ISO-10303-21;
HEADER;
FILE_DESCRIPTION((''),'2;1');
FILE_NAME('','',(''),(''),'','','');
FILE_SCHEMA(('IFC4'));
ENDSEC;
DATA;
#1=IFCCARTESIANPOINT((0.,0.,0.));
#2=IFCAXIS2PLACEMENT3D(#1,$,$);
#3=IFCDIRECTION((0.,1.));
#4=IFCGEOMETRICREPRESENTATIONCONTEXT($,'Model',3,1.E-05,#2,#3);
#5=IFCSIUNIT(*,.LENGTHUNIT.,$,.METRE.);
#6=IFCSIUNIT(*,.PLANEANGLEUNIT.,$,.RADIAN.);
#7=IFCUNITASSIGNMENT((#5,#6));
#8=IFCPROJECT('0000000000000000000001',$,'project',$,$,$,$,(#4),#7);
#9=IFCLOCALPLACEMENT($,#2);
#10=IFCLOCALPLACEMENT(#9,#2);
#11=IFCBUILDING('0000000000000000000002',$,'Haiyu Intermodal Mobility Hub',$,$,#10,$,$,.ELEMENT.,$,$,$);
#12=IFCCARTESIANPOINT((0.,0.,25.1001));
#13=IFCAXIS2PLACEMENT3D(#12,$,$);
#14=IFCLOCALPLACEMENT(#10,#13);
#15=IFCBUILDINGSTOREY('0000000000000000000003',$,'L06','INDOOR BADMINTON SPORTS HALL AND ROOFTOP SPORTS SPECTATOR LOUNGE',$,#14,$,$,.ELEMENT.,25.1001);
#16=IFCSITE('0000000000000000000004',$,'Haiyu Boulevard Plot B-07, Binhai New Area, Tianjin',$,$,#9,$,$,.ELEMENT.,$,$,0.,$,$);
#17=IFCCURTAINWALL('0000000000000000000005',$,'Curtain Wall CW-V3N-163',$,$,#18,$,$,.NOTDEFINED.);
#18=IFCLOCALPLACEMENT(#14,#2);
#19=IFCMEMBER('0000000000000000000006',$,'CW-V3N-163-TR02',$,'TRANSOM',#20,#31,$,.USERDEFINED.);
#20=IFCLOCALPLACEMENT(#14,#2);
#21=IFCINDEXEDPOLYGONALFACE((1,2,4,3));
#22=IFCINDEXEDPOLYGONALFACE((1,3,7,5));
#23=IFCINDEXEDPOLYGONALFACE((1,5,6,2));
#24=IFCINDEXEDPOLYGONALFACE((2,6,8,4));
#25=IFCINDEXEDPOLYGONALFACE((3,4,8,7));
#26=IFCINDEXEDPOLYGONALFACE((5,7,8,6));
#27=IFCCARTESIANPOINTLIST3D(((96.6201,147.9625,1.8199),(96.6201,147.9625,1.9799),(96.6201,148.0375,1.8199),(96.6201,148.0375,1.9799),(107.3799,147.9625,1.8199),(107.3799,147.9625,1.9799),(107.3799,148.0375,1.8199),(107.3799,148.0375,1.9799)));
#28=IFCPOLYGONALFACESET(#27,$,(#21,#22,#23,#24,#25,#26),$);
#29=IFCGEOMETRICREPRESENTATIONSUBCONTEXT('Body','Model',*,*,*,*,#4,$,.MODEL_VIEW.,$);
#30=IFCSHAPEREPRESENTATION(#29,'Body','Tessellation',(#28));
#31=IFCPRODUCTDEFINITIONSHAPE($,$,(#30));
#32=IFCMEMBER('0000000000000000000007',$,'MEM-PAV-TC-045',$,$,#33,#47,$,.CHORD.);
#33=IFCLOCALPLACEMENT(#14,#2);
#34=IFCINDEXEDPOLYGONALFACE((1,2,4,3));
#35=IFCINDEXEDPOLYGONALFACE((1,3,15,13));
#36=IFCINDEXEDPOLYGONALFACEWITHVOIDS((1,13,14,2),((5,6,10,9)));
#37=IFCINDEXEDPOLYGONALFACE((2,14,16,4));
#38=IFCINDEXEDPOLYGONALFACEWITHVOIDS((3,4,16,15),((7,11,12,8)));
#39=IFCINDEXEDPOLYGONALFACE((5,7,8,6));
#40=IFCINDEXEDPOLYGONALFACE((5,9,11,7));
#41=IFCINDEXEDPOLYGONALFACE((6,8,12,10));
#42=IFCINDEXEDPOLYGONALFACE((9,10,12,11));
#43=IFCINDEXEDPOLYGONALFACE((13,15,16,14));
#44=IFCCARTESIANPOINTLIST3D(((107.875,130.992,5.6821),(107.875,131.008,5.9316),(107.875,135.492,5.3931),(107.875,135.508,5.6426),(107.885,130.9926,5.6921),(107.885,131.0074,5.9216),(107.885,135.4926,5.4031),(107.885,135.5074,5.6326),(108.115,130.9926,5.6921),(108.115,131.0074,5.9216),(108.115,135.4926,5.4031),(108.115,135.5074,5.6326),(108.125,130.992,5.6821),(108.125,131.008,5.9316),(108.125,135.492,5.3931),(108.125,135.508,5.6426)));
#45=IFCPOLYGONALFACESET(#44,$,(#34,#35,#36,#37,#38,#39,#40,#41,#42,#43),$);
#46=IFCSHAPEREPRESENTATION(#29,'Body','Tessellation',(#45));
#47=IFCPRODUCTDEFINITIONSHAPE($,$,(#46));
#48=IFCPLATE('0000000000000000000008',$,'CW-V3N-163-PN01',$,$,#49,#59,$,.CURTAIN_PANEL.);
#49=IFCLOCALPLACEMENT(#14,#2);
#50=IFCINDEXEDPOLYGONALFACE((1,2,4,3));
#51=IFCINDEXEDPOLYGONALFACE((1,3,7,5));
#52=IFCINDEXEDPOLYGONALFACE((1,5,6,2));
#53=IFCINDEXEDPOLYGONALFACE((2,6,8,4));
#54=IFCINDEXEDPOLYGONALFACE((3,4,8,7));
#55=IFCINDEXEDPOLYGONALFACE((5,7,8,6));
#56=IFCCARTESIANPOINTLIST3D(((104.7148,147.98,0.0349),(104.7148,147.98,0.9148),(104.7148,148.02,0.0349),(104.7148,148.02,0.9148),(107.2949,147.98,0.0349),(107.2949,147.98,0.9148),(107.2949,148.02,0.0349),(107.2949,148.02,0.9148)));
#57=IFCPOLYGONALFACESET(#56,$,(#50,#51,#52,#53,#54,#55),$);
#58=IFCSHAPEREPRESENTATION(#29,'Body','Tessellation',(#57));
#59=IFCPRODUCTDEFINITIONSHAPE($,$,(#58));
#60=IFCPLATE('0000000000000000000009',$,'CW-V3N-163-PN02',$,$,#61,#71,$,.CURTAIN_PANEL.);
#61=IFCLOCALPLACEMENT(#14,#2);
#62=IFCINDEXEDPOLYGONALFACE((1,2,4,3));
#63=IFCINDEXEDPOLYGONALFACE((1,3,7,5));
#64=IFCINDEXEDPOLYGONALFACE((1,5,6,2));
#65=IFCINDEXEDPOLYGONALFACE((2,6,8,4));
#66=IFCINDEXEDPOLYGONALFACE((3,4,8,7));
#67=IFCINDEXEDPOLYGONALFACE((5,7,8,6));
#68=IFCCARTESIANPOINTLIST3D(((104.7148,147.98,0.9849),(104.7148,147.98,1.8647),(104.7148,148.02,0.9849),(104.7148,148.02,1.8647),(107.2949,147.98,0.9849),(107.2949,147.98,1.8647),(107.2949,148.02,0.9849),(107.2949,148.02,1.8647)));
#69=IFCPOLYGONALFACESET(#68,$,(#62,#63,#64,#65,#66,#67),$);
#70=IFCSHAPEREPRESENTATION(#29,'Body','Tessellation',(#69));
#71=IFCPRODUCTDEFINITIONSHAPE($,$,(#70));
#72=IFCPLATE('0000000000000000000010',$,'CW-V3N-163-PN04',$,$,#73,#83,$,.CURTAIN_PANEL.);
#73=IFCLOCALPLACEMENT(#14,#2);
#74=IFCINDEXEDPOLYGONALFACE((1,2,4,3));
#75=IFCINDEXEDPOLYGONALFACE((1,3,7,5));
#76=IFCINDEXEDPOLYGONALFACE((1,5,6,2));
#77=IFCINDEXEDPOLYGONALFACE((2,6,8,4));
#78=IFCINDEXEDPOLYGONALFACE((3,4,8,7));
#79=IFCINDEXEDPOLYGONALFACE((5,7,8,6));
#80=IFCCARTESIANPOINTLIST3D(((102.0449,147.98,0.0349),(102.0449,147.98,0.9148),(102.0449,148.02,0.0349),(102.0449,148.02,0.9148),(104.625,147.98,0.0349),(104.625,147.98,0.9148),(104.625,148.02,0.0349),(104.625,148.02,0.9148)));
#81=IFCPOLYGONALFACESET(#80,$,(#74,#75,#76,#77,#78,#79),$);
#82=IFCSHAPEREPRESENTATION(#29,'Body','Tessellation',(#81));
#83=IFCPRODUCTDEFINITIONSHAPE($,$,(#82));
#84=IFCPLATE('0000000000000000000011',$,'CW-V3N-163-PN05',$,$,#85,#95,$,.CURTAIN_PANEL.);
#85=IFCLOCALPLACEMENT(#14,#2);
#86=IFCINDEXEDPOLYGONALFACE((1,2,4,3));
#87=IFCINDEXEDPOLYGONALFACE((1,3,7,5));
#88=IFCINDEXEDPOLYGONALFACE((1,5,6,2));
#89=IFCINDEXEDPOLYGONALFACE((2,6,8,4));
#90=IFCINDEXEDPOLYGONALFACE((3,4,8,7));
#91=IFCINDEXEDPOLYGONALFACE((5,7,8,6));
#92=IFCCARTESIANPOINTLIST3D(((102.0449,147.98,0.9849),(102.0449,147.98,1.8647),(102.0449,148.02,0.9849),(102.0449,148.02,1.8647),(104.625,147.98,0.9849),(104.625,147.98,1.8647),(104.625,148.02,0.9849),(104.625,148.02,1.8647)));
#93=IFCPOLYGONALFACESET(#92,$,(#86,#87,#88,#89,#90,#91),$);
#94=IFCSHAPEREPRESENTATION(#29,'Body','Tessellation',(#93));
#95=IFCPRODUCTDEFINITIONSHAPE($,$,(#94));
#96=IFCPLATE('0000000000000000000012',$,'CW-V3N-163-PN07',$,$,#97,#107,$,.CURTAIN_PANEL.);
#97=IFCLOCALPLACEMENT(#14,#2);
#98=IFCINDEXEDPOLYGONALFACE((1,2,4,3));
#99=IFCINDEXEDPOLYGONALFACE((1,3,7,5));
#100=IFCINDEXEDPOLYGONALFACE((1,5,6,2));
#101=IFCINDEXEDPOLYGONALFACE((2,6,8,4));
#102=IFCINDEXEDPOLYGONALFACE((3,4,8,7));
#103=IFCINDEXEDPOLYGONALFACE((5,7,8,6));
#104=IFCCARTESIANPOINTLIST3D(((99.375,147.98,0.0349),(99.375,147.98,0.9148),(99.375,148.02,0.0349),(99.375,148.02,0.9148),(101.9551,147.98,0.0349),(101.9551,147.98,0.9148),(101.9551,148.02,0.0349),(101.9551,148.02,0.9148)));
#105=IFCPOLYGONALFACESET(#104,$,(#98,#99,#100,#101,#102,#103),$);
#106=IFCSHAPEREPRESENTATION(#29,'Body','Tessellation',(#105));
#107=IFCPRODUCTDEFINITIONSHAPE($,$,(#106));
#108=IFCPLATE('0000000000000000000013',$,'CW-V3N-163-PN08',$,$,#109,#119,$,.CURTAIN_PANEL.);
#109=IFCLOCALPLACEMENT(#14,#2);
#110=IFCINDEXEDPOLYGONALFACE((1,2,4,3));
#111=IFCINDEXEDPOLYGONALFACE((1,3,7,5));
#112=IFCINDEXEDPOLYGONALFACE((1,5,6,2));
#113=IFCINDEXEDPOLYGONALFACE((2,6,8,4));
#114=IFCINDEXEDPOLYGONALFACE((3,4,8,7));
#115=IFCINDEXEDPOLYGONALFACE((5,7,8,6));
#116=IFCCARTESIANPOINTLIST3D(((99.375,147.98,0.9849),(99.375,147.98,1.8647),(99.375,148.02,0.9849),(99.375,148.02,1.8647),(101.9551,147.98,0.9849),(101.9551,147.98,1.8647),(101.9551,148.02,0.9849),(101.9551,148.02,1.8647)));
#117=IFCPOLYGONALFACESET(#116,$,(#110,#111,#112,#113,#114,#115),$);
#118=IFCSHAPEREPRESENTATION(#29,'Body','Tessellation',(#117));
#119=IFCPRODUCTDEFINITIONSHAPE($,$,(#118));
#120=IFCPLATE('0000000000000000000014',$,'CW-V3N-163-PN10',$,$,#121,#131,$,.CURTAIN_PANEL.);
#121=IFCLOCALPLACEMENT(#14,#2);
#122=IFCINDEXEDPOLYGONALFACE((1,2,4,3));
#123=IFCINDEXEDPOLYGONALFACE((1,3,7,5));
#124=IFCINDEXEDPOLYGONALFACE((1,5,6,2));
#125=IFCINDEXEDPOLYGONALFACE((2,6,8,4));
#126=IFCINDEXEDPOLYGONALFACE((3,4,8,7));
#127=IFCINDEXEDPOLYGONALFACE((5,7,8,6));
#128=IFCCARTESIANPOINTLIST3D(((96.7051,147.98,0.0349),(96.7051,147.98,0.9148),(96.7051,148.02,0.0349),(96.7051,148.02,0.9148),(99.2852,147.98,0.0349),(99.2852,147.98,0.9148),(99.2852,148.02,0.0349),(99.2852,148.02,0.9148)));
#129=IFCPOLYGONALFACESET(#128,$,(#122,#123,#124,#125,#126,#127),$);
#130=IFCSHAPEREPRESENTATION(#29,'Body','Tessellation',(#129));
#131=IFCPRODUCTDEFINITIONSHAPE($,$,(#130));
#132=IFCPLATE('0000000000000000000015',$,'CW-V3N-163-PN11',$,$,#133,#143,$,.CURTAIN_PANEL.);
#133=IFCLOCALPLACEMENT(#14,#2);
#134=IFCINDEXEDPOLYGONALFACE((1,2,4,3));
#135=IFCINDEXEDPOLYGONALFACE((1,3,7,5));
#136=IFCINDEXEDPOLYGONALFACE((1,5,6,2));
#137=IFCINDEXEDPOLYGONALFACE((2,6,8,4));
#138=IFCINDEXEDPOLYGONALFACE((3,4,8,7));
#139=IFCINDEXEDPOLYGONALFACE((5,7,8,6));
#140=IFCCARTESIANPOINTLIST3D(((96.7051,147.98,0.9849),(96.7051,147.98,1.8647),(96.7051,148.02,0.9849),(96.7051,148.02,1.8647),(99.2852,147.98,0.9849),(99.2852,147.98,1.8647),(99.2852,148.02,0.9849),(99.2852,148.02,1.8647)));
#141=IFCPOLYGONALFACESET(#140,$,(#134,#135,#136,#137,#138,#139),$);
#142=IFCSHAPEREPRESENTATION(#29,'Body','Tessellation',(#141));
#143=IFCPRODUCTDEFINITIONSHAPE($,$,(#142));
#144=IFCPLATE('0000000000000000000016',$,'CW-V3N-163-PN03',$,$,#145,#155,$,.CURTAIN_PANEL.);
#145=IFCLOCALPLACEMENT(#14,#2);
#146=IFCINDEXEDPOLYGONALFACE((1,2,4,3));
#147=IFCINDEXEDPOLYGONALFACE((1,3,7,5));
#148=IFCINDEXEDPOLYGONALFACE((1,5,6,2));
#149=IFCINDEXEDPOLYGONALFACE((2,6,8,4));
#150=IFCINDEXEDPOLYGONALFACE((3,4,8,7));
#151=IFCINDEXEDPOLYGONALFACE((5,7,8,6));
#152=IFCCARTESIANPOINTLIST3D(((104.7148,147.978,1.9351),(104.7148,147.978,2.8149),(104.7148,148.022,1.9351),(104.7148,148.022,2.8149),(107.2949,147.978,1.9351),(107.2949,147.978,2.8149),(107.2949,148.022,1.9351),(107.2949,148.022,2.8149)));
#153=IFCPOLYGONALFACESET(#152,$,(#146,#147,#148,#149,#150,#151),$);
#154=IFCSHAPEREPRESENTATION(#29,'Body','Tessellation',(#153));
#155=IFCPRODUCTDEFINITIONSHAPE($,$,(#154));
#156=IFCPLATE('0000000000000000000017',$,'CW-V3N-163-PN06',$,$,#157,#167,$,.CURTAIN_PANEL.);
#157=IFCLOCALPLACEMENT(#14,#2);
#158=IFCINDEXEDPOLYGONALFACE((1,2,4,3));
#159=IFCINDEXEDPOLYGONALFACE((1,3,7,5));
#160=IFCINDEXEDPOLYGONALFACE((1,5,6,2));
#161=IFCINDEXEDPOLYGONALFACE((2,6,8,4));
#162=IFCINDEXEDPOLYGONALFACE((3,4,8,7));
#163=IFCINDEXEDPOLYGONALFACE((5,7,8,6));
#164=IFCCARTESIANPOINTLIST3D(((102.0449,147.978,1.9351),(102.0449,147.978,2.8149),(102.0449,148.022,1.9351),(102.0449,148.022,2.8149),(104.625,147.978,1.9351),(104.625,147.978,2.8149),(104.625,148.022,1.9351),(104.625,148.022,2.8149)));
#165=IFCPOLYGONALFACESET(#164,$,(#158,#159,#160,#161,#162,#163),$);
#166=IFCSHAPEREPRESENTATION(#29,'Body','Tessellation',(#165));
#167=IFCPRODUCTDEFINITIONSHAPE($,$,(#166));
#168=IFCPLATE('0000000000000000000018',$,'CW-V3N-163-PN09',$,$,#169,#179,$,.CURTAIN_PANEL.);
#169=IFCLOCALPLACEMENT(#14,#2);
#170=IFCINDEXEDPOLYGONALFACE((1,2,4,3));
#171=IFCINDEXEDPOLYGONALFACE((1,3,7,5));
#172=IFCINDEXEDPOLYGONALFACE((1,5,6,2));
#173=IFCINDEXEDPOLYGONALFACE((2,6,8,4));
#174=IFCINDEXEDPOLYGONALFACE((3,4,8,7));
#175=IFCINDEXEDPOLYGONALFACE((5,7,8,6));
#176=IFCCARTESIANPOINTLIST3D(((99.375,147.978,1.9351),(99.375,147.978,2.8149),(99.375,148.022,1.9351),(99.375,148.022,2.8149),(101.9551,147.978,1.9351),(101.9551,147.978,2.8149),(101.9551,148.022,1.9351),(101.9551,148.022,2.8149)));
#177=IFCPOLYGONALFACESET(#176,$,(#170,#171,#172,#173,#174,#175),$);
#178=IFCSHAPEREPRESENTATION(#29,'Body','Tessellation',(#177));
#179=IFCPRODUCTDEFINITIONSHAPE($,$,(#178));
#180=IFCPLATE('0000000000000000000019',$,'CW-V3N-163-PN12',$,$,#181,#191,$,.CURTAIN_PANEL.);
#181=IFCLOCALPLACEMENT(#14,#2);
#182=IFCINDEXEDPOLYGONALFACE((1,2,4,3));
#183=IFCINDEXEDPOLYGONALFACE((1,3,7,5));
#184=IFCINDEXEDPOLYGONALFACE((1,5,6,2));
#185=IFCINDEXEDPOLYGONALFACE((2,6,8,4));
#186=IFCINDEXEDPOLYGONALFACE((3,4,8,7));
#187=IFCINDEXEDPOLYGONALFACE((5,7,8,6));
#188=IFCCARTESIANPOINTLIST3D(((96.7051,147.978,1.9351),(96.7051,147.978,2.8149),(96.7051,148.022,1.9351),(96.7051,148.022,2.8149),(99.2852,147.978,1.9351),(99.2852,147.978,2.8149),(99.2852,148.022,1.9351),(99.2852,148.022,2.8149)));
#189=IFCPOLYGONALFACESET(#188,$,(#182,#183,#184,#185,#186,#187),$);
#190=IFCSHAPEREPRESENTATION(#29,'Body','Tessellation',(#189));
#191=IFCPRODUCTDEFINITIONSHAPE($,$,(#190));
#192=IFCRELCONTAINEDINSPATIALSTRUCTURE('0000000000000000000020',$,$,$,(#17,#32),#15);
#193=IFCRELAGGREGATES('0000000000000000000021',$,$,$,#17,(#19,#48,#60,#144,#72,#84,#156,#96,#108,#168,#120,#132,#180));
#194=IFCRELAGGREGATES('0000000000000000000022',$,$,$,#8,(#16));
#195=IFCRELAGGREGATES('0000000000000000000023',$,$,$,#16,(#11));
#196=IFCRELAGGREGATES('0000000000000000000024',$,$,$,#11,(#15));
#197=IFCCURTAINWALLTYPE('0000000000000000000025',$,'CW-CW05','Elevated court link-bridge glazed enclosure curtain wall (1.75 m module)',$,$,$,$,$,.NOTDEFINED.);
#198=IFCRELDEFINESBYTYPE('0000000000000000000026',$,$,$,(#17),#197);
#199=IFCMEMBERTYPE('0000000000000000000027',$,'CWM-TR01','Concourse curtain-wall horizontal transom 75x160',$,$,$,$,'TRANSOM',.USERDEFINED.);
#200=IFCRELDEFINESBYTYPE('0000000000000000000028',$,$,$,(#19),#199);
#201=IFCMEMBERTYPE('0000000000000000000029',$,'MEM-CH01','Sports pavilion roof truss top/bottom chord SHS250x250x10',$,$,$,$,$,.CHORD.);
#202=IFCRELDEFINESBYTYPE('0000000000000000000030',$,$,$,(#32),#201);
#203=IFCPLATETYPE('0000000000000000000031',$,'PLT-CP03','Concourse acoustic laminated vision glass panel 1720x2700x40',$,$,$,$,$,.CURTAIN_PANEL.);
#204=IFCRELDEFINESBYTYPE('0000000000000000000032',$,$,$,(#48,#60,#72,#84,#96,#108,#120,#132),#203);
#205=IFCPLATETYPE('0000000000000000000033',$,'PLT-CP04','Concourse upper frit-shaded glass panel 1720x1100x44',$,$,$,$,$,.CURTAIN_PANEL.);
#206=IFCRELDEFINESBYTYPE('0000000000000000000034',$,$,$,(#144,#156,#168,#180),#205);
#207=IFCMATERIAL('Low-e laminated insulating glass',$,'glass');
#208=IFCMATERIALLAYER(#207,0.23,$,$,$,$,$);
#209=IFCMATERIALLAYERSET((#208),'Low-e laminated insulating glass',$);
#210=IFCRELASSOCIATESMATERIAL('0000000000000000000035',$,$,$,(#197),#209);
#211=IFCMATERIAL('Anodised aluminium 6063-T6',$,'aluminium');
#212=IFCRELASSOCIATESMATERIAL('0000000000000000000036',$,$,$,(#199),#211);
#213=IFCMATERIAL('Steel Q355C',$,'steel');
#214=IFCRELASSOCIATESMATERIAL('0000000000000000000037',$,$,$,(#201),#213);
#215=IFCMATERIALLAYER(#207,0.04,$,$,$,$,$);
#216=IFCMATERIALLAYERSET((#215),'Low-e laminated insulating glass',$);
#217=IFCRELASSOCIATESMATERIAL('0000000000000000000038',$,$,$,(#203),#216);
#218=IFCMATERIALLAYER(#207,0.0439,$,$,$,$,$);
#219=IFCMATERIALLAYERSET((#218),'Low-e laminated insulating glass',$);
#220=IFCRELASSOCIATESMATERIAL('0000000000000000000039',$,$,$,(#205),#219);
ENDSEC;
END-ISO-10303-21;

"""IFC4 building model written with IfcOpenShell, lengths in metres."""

from ifc_helpers import new_model, si_unit, direction, frame, origin, origin_2d, place, context, subcontext, project, spatial, rectangle, hollow_rectangle, extrude, material, layer, layer_set, material_profile, profile_set, type_object, element, aggregate, save


model = new_model("IFC4")

# Units and contexts
model_context = context("Model", 3, precision=1e-05, world=origin(), true_north=direction((0.0, 1.0)))
body_context = subcontext(model_context, "Body", "Model", "MODEL_VIEW")
ifc_project = project(units=[si_unit("LENGTHUNIT", "METRE"), si_unit("PLANEANGLEUNIT", "RADIAN")], contexts=[model_context])

# Site, building, storey
site_placement = place(None, origin())
site = spatial("IfcSite", under=ifc_project, at=site_placement, Name="Haiyu Boulevard Plot B-07, Binhai New Area, Tianjin", CompositionType="ELEMENT", RefElevation=0.0)
building_placement = place(site_placement, origin())
building = spatial("IfcBuilding", under=site, at=building_placement, Name="Haiyu Intermodal Mobility Hub", CompositionType="ELEMENT")
storey_placement = place(building_placement, frame((0.0, 0.0, 25.1001)))
storey = spatial("IfcBuildingStorey", under=building, at=storey_placement, Name="L06", Description="INDOOR BADMINTON SPORTS HALL AND ROOFTOP SPORTS SPECTATOR LOUNGE", CompositionType="ELEMENT", Elevation=25.1001)

# Shared definitions
ifc_material_1 = material(Name="Steel Q355C", Category="steel")

# Curtain wall, member
ifc_material_2 = material(Name="Low-e laminated insulating glass", Category="glass")
ifc_layer_1 = layer(ifc_material_2, 0.23)
ifc_layer_set_1 = layer_set([ifc_layer_1], Name="Low-e laminated insulating glass")
curtain_wall_type = type_object("IfcCurtainWallType", Name="CW-CW05", Description="Elevated court link-bridge glazed enclosure curtain wall (1.75 m module)", PredefinedType="NOTDEFINED", material=ifc_layer_set_1)
curtain_wall_placement = place(storey_placement, origin())
curtain_wall = element("IfcCurtainWall", 1, at=curtain_wall_placement, inside=storey, type_object=curtain_wall_type, Name="Curtain Wall CW-V3N-163", PredefinedType="NOTDEFINED")
ifc_material_3 = material(Name="Anodised aluminium 6063-T6", Category="aluminium")
ifc_material_profile_1 = material_profile(ifc_material_3, rectangle(XDim=0.075, YDim=0.1599, at=origin_2d()), Name="ALU75x160")
ifc_profile_set_1 = profile_set([ifc_material_profile_1], Name="Anodised aluminium 6063-T6")
member_type_1 = type_object("IfcMemberType", Name="CWM-TR01", Description="Concourse curtain-wall horizontal transom 75x160", ElementType="TRANSOM", PredefinedType="USERDEFINED", material=ifc_profile_set_1)
member_1_placement = place(storey_placement, frame((107.3799, 148.0, 1.8999), z_axis=(-1.0, 0.0, 0.0), x_axis=(0.0, -1.0, 0.0)))
member_1 = element("IfcMember", 2, at=member_1_placement, type_object=member_type_1, Name="CW-V3N-163-TR02", ObjectType="TRANSOM", PredefinedType="USERDEFINED", context=body_context, shape_type="SweptSolid", body=[
    extrude(rectangle(XDim=0.075, YDim=0.1599, at=origin_2d()), origin(), (0.0, 0.0, 1.0), 10.7598),
])

# Member
ifc_material_profile_2 = material_profile(ifc_material_1, hollow_rectangle(XDim=0.25, YDim=0.25, WallThickness=0.01, at=origin_2d()), Name="SHS250x250x10")
ifc_profile_set_2 = profile_set([ifc_material_profile_2], Name="Steel Q355C")
member_type_2 = type_object("IfcMemberType", Name="MEM-CH01", Description="Sports pavilion roof truss top/bottom chord SHS250x250x10", PredefinedType="CHORD", material=ifc_profile_set_2)
member_2_placement = place(storey_placement, frame((108.0, 131.0, 5.8069), z_axis=(0.0, 0.997943, -0.064104), x_axis=(-1.0, 0.0, 0.0)))
element("IfcMember", 3, at=member_2_placement, inside=storey, type_object=member_type_2, Name="MEM-PAV-TC-045", PredefinedType="CHORD", context=body_context, shape_type="SweptSolid", body=[
    extrude(hollow_rectangle(XDim=0.25, YDim=0.25, WallThickness=0.01, at=origin_2d()), origin(), (0.0, 0.0, 1.0), 4.5093),
])

# Plates
ifc_layer_2 = layer(ifc_material_2, 0.04)
ifc_layer_set_2 = layer_set([ifc_layer_2], Name="Low-e laminated insulating glass")
plate_type_1 = type_object("IfcPlateType", Name="PLT-CP03", Description="Concourse acoustic laminated vision glass panel 1720x2700x40", PredefinedType="CURTAIN_PANEL", material=ifc_layer_set_2)
plate_1_placement = place(storey_placement, frame((106.0049, 148.0, 0.0349), z_axis=(0.0, 0.0, 1.0), x_axis=(-1.0, 0.0, 0.0)))
plate_1 = element("IfcPlate", 4, at=plate_1_placement, type_object=plate_type_1, Name="CW-V3N-163-PN01", PredefinedType="CURTAIN_PANEL", context=body_context, shape_type="SweptSolid", body=[
    extrude(rectangle(XDim=2.5801, YDim=0.04, at=origin_2d()), origin(), (0.0, 0.0, 1.0), 0.8799),
])
plate_2_placement = place(storey_placement, frame((106.0049, 148.0, 0.9849), z_axis=(0.0, 0.0, 1.0), x_axis=(-1.0, 0.0, 0.0)))
plate_2 = element("IfcPlate", 5, at=plate_2_placement, type_object=plate_type_1, Name="CW-V3N-163-PN02", PredefinedType="CURTAIN_PANEL", context=body_context, shape_type="SweptSolid", body=[
    extrude(rectangle(XDim=2.5801, YDim=0.04, at=origin_2d()), origin(), (0.0, 0.0, 1.0), 0.8799),
])
plate_3_placement = place(storey_placement, frame((103.335, 148.0, 0.0349), z_axis=(0.0, 0.0, 1.0), x_axis=(-1.0, 0.0, 0.0)))
plate_3 = element("IfcPlate", 6, at=plate_3_placement, type_object=plate_type_1, Name="CW-V3N-163-PN04", PredefinedType="CURTAIN_PANEL", context=body_context, shape_type="SweptSolid", body=[
    extrude(rectangle(XDim=2.5801, YDim=0.04, at=origin_2d()), origin(), (0.0, 0.0, 1.0), 0.8799),
])
plate_4_placement = place(storey_placement, frame((103.335, 148.0, 0.9849), z_axis=(0.0, 0.0, 1.0), x_axis=(-1.0, 0.0, 0.0)))
plate_4 = element("IfcPlate", 7, at=plate_4_placement, type_object=plate_type_1, Name="CW-V3N-163-PN05", PredefinedType="CURTAIN_PANEL", context=body_context, shape_type="SweptSolid", body=[
    extrude(rectangle(XDim=2.5801, YDim=0.04, at=origin_2d()), origin(), (0.0, 0.0, 1.0), 0.8799),
])
plate_5_placement = place(storey_placement, frame((100.665, 148.0, 0.0349), z_axis=(0.0, 0.0, 1.0), x_axis=(-1.0, 0.0, 0.0)))
plate_5 = element("IfcPlate", 8, at=plate_5_placement, type_object=plate_type_1, Name="CW-V3N-163-PN07", PredefinedType="CURTAIN_PANEL", context=body_context, shape_type="SweptSolid", body=[
    extrude(rectangle(XDim=2.5801, YDim=0.04, at=origin_2d()), origin(), (0.0, 0.0, 1.0), 0.8799),
])
plate_6_placement = place(storey_placement, frame((100.665, 148.0, 0.9849), z_axis=(0.0, 0.0, 1.0), x_axis=(-1.0, 0.0, 0.0)))
plate_6 = element("IfcPlate", 9, at=plate_6_placement, type_object=plate_type_1, Name="CW-V3N-163-PN08", PredefinedType="CURTAIN_PANEL", context=body_context, shape_type="SweptSolid", body=[
    extrude(rectangle(XDim=2.5801, YDim=0.04, at=origin_2d()), origin(), (0.0, 0.0, 1.0), 0.8799),
])
plate_7_placement = place(storey_placement, frame((97.9951, 148.0, 0.0349), z_axis=(0.0, 0.0, 1.0), x_axis=(-1.0, 0.0, 0.0)))
plate_7 = element("IfcPlate", 10, at=plate_7_placement, type_object=plate_type_1, Name="CW-V3N-163-PN10", PredefinedType="CURTAIN_PANEL", context=body_context, shape_type="SweptSolid", body=[
    extrude(rectangle(XDim=2.5801, YDim=0.04, at=origin_2d()), origin(), (0.0, 0.0, 1.0), 0.8799),
])
plate_8_placement = place(storey_placement, frame((97.9951, 148.0, 0.9849), z_axis=(0.0, 0.0, 1.0), x_axis=(-1.0, 0.0, 0.0)))
plate_8 = element("IfcPlate", 11, at=plate_8_placement, type_object=plate_type_1, Name="CW-V3N-163-PN11", PredefinedType="CURTAIN_PANEL", context=body_context, shape_type="SweptSolid", body=[
    extrude(rectangle(XDim=2.5801, YDim=0.04, at=origin_2d()), origin(), (0.0, 0.0, 1.0), 0.8799),
])
ifc_layer_3 = layer(ifc_material_2, 0.0439)
ifc_layer_set_3 = layer_set([ifc_layer_3], Name="Low-e laminated insulating glass")
plate_type_2 = type_object("IfcPlateType", Name="PLT-CP04", Description="Concourse upper frit-shaded glass panel 1720x1100x44", PredefinedType="CURTAIN_PANEL", material=ifc_layer_set_3)
plate_9_placement = place(storey_placement, frame((106.0049, 148.0, 1.9351), z_axis=(0.0, 0.0, 1.0), x_axis=(-1.0, 0.0, 0.0)))
plate_9 = element("IfcPlate", 12, at=plate_9_placement, type_object=plate_type_2, Name="CW-V3N-163-PN03", PredefinedType="CURTAIN_PANEL", context=body_context, shape_type="SweptSolid", body=[
    extrude(rectangle(XDim=2.5801, YDim=0.0439, at=origin_2d()), origin(), (0.0, 0.0, 1.0), 0.8799),
])
plate_10_placement = place(storey_placement, frame((103.335, 148.0, 1.9351), z_axis=(0.0, 0.0, 1.0), x_axis=(-1.0, 0.0, 0.0)))
plate_10 = element("IfcPlate", 13, at=plate_10_placement, type_object=plate_type_2, Name="CW-V3N-163-PN06", PredefinedType="CURTAIN_PANEL", context=body_context, shape_type="SweptSolid", body=[
    extrude(rectangle(XDim=2.5801, YDim=0.0439, at=origin_2d()), origin(), (0.0, 0.0, 1.0), 0.8799),
])
plate_11_placement = place(storey_placement, frame((100.665, 148.0, 1.9351), z_axis=(0.0, 0.0, 1.0), x_axis=(-1.0, 0.0, 0.0)))
plate_11 = element("IfcPlate", 14, at=plate_11_placement, type_object=plate_type_2, Name="CW-V3N-163-PN09", PredefinedType="CURTAIN_PANEL", context=body_context, shape_type="SweptSolid", body=[
    extrude(rectangle(XDim=2.5801, YDim=0.0439, at=origin_2d()), origin(), (0.0, 0.0, 1.0), 0.8799),
])
plate_12_placement = place(storey_placement, frame((97.9951, 148.0, 1.9351), z_axis=(0.0, 0.0, 1.0), x_axis=(-1.0, 0.0, 0.0)))
plate_12 = element("IfcPlate", 15, at=plate_12_placement, type_object=plate_type_2, Name="CW-V3N-163-PN12", PredefinedType="CURTAIN_PANEL", context=body_context, shape_type="SweptSolid", body=[
    extrude(rectangle(XDim=2.5801, YDim=0.0439, at=origin_2d()), origin(), (0.0, 0.0, 1.0), 0.8799),
])
aggregate(curtain_wall, [member_1, plate_1, plate_2, plate_9, plate_3, plate_4, plate_10, plate_5, plate_6, plate_11, plate_7, plate_8, plate_12])

save(model, "model.ifc")
